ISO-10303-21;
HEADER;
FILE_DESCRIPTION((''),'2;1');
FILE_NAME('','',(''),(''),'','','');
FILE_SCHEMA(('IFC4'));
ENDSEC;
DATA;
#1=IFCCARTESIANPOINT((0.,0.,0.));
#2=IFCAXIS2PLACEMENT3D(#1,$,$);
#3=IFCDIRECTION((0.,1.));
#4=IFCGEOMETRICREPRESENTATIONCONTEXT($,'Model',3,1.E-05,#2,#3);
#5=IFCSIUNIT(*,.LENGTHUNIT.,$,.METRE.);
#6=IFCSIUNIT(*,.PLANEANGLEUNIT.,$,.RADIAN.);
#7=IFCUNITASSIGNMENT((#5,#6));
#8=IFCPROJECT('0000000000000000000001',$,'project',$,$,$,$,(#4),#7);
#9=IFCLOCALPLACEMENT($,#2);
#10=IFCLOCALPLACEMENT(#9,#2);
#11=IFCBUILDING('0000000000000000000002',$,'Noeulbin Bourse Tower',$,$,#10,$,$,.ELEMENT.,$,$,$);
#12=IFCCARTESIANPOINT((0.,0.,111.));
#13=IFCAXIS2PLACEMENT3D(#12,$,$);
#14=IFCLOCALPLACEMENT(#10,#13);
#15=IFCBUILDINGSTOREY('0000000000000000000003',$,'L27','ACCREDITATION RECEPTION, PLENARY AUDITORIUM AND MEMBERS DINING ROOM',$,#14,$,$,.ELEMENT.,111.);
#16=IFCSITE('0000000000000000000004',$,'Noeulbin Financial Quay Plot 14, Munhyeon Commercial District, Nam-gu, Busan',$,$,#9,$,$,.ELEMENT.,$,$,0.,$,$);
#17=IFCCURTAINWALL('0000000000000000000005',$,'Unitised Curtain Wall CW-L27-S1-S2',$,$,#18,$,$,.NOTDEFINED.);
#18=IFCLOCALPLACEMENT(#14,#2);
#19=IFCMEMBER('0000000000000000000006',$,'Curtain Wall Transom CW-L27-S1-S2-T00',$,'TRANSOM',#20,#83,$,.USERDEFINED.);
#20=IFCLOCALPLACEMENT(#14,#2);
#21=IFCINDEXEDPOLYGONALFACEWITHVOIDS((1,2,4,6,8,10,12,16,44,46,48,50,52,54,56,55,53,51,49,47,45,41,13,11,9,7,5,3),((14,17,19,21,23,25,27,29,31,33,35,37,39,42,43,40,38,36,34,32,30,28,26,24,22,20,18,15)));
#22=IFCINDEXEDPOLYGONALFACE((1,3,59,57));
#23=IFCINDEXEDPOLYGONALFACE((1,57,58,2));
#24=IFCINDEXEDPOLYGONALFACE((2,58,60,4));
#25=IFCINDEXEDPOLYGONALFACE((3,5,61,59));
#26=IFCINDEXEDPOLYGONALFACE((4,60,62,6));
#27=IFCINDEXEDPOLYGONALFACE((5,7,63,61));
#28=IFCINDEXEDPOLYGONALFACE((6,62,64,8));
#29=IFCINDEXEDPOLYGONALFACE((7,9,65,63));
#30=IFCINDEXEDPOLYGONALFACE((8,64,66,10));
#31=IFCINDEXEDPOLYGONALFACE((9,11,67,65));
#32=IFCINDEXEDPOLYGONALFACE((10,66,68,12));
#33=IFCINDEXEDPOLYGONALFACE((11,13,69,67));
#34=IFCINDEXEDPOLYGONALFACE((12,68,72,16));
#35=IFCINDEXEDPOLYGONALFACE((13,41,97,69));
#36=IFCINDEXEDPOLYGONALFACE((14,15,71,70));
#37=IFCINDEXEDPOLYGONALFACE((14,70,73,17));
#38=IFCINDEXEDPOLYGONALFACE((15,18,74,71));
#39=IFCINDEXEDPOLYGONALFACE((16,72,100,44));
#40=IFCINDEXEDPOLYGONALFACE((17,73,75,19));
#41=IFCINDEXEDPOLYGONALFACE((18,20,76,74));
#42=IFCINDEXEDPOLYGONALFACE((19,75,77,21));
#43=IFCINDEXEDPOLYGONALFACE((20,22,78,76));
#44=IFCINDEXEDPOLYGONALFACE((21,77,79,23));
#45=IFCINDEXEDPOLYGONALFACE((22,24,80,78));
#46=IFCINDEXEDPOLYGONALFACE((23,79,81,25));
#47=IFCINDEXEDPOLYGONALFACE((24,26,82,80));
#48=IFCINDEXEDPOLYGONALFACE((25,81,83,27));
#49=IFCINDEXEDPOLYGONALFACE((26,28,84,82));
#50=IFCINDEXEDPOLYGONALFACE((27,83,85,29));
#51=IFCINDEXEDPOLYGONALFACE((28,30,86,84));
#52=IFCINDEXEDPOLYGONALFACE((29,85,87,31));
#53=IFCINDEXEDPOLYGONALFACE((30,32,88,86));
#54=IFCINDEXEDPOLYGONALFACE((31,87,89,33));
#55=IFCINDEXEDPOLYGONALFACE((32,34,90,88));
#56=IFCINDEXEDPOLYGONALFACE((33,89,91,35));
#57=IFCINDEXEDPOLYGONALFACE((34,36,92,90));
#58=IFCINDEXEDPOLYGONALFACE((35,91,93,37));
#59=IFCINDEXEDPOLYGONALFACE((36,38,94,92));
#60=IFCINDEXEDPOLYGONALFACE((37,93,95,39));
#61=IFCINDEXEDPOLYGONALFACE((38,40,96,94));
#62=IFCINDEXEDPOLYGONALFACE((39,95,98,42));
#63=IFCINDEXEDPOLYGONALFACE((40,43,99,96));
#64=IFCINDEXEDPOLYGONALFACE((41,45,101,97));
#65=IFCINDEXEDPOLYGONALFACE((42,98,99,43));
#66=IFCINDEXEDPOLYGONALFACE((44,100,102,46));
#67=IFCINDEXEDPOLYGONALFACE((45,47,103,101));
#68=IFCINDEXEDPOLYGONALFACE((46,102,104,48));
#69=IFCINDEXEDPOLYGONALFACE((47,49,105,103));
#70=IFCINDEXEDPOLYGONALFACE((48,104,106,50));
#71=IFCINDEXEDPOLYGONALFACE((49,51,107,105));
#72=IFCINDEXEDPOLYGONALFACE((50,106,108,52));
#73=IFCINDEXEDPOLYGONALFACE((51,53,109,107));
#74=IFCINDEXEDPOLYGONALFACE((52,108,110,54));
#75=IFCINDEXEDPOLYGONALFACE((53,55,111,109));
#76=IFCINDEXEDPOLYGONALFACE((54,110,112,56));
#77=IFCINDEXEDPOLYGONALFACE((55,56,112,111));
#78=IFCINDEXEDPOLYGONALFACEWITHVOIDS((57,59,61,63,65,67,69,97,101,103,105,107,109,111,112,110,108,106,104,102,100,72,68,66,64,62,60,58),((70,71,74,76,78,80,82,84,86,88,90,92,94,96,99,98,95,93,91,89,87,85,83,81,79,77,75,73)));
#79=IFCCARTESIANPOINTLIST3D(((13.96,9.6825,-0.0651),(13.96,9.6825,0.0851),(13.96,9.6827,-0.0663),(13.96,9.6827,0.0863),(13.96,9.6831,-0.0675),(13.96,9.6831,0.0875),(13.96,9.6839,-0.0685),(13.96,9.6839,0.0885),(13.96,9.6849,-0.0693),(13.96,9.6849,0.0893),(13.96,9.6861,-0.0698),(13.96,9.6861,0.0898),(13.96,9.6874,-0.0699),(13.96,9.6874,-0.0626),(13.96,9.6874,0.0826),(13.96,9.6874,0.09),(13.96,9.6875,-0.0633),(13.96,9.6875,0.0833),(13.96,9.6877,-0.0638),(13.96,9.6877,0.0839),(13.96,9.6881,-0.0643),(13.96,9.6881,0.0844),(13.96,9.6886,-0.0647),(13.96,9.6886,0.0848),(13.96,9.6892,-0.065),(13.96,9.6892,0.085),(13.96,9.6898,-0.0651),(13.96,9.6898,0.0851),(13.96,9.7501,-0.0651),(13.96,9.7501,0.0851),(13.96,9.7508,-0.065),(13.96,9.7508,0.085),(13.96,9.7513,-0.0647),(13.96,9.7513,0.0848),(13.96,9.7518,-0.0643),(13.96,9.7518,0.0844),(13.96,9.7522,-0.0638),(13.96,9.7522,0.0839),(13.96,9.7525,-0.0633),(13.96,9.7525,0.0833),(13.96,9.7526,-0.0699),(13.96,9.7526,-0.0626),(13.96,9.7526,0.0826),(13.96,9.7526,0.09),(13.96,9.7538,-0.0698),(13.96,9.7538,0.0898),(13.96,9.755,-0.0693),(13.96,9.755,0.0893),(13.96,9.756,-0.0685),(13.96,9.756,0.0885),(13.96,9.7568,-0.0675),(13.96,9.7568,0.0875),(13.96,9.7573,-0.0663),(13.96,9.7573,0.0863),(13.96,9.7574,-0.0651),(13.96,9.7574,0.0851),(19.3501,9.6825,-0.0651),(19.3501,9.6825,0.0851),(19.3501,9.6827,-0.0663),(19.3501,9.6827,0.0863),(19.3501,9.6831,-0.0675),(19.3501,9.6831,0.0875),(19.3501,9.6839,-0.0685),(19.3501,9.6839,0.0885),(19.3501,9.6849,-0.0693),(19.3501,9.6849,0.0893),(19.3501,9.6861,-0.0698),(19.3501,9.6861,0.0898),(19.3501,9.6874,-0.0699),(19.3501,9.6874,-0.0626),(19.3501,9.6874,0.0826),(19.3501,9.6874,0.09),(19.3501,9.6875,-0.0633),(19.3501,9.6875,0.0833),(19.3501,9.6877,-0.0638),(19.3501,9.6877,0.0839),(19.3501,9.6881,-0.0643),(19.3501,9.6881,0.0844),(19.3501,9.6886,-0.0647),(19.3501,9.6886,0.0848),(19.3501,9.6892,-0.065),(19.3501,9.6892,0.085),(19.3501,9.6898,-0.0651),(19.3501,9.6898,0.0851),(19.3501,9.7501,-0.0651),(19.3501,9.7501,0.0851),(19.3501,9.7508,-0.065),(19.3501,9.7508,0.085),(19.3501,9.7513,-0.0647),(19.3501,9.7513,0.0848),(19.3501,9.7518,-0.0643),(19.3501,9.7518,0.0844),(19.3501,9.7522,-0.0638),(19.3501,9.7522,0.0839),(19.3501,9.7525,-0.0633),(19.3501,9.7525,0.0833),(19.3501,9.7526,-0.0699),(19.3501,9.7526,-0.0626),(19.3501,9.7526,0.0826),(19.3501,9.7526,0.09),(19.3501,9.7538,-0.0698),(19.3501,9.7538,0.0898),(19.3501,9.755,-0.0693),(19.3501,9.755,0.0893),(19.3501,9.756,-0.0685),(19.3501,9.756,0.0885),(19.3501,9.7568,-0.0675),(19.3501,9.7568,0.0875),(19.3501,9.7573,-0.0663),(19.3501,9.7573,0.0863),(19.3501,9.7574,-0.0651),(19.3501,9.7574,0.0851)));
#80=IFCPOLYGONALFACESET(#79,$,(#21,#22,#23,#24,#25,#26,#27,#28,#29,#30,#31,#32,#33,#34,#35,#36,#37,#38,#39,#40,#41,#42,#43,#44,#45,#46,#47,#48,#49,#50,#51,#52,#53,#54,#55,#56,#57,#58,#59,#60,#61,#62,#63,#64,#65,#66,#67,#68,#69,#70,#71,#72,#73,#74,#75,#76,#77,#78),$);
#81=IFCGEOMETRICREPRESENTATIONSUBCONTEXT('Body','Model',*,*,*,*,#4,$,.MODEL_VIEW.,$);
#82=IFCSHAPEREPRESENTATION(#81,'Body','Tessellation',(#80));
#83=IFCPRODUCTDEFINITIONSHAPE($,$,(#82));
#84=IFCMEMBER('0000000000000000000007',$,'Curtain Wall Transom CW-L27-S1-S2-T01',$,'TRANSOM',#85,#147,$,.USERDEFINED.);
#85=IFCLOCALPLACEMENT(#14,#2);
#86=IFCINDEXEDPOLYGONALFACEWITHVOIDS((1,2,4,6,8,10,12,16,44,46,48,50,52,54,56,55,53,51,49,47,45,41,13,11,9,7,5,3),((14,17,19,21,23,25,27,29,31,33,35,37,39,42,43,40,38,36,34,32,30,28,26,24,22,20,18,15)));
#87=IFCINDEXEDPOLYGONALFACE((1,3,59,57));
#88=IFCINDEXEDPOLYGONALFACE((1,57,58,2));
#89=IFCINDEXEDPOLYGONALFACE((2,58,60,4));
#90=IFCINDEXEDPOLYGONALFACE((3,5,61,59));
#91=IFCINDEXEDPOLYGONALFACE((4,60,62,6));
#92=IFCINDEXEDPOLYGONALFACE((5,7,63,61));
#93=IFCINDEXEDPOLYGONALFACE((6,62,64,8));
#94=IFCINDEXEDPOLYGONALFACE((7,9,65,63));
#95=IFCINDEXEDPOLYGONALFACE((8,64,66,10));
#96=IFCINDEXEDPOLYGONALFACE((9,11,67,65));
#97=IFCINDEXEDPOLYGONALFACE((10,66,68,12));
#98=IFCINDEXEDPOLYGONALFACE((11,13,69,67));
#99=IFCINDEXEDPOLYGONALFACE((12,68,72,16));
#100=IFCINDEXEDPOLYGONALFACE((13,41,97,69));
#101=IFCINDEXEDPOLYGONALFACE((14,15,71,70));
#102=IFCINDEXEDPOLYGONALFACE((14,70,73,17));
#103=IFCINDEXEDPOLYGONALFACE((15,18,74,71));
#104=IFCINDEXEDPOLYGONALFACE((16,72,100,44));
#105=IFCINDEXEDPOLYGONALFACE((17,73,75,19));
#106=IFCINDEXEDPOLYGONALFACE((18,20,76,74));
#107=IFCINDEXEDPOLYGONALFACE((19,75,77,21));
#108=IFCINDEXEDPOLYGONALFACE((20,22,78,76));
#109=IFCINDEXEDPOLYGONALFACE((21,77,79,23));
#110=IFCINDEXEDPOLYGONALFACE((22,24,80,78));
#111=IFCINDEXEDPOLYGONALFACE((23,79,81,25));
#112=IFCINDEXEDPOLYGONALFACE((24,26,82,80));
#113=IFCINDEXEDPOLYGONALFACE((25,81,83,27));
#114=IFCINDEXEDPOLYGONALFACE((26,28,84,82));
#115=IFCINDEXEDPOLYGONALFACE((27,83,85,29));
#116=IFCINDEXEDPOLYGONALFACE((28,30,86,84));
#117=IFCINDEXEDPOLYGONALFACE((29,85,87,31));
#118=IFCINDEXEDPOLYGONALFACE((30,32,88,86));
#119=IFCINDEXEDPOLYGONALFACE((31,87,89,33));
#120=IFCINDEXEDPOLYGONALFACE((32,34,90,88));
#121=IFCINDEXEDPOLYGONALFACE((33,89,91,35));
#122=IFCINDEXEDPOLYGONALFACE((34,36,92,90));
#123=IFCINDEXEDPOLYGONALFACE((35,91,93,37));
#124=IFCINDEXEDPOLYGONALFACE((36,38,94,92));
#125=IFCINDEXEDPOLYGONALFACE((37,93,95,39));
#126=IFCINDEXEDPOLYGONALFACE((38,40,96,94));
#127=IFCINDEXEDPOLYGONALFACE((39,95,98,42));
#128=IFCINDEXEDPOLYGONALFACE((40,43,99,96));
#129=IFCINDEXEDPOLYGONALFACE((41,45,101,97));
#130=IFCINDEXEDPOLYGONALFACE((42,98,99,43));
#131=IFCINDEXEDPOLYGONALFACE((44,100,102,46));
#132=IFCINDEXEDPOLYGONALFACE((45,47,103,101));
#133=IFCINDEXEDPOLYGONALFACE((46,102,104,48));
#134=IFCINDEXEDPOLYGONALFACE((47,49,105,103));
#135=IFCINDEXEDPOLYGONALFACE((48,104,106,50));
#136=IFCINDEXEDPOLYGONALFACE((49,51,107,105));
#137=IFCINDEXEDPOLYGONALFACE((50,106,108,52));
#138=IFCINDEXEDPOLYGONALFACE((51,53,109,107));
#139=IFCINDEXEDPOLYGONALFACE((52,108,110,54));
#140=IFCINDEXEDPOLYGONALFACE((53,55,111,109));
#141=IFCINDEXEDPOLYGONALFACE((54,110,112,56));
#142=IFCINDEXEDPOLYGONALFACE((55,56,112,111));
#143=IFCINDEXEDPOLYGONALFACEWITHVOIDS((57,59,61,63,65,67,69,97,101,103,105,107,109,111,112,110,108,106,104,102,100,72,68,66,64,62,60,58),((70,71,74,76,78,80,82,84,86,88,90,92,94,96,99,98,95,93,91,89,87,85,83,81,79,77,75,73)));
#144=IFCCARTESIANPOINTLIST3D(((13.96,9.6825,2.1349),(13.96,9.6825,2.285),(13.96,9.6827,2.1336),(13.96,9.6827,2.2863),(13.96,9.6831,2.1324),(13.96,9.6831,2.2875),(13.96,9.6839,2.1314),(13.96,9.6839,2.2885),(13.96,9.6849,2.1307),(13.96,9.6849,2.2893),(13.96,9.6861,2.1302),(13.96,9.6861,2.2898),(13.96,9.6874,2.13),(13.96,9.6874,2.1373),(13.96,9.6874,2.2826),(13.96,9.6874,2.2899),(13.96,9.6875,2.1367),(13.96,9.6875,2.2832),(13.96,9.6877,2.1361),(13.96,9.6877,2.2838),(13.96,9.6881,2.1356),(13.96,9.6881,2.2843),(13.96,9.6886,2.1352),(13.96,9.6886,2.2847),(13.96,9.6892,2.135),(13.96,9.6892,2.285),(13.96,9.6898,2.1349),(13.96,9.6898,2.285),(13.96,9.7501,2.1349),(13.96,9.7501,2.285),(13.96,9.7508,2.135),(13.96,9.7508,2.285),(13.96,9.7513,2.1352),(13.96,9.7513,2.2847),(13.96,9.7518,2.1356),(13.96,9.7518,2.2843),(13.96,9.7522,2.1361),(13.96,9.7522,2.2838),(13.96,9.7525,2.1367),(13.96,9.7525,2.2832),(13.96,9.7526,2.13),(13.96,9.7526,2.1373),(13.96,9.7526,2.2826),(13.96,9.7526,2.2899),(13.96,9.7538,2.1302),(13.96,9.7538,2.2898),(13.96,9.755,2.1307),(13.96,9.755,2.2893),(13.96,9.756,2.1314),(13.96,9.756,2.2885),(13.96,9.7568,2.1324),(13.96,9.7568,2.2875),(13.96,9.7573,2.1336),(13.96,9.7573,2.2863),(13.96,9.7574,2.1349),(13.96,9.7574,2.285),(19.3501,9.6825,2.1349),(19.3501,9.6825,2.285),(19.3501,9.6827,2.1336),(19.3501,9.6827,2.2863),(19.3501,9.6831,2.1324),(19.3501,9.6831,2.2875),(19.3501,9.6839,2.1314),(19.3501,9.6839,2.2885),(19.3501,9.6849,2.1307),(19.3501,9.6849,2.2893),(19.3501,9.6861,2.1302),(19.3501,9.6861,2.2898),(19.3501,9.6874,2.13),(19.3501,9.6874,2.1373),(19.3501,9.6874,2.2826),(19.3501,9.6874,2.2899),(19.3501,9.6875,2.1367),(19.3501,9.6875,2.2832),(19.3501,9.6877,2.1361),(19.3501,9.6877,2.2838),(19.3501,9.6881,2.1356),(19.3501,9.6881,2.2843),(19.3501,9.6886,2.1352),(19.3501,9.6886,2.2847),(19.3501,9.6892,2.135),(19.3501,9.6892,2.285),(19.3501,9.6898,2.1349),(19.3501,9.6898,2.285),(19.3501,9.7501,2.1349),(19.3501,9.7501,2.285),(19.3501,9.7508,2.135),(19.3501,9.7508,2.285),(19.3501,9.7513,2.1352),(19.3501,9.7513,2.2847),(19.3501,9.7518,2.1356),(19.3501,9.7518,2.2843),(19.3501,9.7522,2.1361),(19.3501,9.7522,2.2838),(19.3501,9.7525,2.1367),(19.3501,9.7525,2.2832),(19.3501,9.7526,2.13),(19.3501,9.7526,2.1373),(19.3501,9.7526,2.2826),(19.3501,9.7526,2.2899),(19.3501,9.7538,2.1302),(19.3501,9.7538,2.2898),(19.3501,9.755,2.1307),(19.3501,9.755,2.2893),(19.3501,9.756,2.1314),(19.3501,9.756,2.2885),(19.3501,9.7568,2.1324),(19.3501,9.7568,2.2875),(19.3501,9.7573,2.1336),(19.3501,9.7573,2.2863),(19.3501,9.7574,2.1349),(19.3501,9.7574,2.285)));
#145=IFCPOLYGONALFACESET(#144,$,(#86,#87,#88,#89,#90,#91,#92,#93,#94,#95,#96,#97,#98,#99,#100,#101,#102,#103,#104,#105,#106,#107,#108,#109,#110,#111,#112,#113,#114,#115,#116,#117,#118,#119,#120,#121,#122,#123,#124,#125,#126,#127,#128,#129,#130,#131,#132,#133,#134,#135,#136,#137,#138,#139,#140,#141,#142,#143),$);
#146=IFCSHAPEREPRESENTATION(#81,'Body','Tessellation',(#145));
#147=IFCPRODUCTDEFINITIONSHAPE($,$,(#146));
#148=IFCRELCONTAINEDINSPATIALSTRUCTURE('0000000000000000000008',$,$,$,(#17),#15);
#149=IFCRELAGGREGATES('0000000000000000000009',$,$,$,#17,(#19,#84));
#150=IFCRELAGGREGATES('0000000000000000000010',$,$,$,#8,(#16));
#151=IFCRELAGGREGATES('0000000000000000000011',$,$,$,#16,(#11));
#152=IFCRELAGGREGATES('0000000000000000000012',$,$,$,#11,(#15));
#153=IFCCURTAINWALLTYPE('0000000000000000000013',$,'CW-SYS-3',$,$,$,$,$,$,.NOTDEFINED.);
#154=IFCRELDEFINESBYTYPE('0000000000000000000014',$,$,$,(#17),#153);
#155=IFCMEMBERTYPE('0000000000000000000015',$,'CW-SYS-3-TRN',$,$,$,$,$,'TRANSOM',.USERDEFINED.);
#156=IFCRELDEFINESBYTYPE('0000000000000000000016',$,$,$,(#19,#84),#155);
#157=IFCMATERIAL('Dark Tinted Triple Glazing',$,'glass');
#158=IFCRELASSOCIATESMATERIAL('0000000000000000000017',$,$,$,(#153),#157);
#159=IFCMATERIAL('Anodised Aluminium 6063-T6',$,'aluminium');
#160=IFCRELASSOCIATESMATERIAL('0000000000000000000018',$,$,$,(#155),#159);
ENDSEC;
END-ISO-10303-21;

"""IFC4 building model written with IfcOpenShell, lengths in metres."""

from ifc_helpers import new_model, si_unit, direction, frame, origin, origin_2d, place, context, subcontext, project, spatial, hollow_rectangle, extrude, material, material_profile, profile_set, type_object, element, aggregate, save


model = new_model("IFC4")

# Units and contexts
model_context = context("Model", 3, precision=1e-05, world=origin(), true_north=direction((0.0, 1.0)))
body_context = subcontext(model_context, "Body", "Model", "MODEL_VIEW")
ifc_project = project(units=[si_unit("LENGTHUNIT", "METRE"), si_unit("PLANEANGLEUNIT", "RADIAN")], contexts=[model_context])

# Site, building, storey
site_placement = place(None, origin())
site = spatial("IfcSite", under=ifc_project, at=site_placement, Name="Noeulbin Financial Quay Plot 14, Munhyeon Commercial District, Nam-gu, Busan", CompositionType="ELEMENT", RefElevation=0.0)
building_placement = place(site_placement, origin())
building = spatial("IfcBuilding", under=site, at=building_placement, Name="Noeulbin Bourse Tower", CompositionType="ELEMENT")
storey_placement = place(building_placement, frame((0.0, 0.0, 111.0)))
storey = spatial("IfcBuildingStorey", under=building, at=storey_placement, Name="L27", Description="ACCREDITATION RECEPTION, PLENARY AUDITORIUM AND MEMBERS DINING ROOM", CompositionType="ELEMENT", Elevation=111.0)

# Shared definitions
ifc_material_1 = material(Name="Dark Tinted Triple Glazing", Category="glass")
curtain_wall_type = type_object("IfcCurtainWallType", Name="CW-SYS-3", PredefinedType="NOTDEFINED", material=ifc_material_1)
ifc_material_2 = material(Name="Anodised Aluminium 6063-T6", Category="aluminium")

# Curtain wall
curtain_wall_1_placement = place(storey_placement, origin())
curtain_wall_1 = element("IfcCurtainWall", 1, at=curtain_wall_1_placement, inside=storey, type_object=curtain_wall_type, Name="Unitised Curtain Wall CW-L27-S1-S2", PredefinedType="NOTDEFINED")

# Members
ifc_material_profile_1 = material_profile(ifc_material_2, hollow_rectangle(XDim=0.075, YDim=0.1599, WallThickness=0.0049, InnerFilletRadius=0.0024, OuterFilletRadius=0.0049, at=origin_2d()), Name="ALU-TRAN-75x160x5", Category="LoadBearing")
ifc_profile_set_1 = profile_set([ifc_material_profile_1], Name="Anodised Aluminium 6063-T6")
member_type_1 = type_object("IfcMemberType", Name="CW-SYS-3-TRN", ElementType="TRANSOM", PredefinedType="USERDEFINED", material=ifc_profile_set_1)
member_1_placement = place(storey_placement, frame((13.96, 9.72, 0.01), z_axis=(1.0, 0.0, 0.0), x_axis=(0.0, 1.0, 0.0)))
member_1 = element("IfcMember", 2, at=member_1_placement, type_object=member_type_1, Name="Curtain Wall Transom CW-L27-S1-S2-T00", ObjectType="TRANSOM", PredefinedType="USERDEFINED", context=body_context, shape_type="SweptSolid", body=[
    extrude(hollow_rectangle(XDim=0.075, YDim=0.1599, WallThickness=0.0049, InnerFilletRadius=0.0024, OuterFilletRadius=0.0049, at=origin_2d()), origin(), (0.0, 0.0, 1.0), 5.3901),
])
member_2_placement = place(storey_placement, frame((13.96, 9.72, 2.21), z_axis=(1.0, 0.0, 0.0), x_axis=(0.0, 1.0, 0.0)))
member_2 = element("IfcMember", 3, at=member_2_placement, type_object=member_type_1, Name="Curtain Wall Transom CW-L27-S1-S2-T01", ObjectType="TRANSOM", PredefinedType="USERDEFINED", context=body_context, shape_type="SweptSolid", body=[
    extrude(hollow_rectangle(XDim=0.075, YDim=0.1599, WallThickness=0.0049, InnerFilletRadius=0.0024, OuterFilletRadius=0.0049, at=origin_2d()), origin(), (0.0, 0.0, 1.0), 5.3901),
])
aggregate(curtain_wall_1, [member_1, member_2])

save(model, "model.ifc")
